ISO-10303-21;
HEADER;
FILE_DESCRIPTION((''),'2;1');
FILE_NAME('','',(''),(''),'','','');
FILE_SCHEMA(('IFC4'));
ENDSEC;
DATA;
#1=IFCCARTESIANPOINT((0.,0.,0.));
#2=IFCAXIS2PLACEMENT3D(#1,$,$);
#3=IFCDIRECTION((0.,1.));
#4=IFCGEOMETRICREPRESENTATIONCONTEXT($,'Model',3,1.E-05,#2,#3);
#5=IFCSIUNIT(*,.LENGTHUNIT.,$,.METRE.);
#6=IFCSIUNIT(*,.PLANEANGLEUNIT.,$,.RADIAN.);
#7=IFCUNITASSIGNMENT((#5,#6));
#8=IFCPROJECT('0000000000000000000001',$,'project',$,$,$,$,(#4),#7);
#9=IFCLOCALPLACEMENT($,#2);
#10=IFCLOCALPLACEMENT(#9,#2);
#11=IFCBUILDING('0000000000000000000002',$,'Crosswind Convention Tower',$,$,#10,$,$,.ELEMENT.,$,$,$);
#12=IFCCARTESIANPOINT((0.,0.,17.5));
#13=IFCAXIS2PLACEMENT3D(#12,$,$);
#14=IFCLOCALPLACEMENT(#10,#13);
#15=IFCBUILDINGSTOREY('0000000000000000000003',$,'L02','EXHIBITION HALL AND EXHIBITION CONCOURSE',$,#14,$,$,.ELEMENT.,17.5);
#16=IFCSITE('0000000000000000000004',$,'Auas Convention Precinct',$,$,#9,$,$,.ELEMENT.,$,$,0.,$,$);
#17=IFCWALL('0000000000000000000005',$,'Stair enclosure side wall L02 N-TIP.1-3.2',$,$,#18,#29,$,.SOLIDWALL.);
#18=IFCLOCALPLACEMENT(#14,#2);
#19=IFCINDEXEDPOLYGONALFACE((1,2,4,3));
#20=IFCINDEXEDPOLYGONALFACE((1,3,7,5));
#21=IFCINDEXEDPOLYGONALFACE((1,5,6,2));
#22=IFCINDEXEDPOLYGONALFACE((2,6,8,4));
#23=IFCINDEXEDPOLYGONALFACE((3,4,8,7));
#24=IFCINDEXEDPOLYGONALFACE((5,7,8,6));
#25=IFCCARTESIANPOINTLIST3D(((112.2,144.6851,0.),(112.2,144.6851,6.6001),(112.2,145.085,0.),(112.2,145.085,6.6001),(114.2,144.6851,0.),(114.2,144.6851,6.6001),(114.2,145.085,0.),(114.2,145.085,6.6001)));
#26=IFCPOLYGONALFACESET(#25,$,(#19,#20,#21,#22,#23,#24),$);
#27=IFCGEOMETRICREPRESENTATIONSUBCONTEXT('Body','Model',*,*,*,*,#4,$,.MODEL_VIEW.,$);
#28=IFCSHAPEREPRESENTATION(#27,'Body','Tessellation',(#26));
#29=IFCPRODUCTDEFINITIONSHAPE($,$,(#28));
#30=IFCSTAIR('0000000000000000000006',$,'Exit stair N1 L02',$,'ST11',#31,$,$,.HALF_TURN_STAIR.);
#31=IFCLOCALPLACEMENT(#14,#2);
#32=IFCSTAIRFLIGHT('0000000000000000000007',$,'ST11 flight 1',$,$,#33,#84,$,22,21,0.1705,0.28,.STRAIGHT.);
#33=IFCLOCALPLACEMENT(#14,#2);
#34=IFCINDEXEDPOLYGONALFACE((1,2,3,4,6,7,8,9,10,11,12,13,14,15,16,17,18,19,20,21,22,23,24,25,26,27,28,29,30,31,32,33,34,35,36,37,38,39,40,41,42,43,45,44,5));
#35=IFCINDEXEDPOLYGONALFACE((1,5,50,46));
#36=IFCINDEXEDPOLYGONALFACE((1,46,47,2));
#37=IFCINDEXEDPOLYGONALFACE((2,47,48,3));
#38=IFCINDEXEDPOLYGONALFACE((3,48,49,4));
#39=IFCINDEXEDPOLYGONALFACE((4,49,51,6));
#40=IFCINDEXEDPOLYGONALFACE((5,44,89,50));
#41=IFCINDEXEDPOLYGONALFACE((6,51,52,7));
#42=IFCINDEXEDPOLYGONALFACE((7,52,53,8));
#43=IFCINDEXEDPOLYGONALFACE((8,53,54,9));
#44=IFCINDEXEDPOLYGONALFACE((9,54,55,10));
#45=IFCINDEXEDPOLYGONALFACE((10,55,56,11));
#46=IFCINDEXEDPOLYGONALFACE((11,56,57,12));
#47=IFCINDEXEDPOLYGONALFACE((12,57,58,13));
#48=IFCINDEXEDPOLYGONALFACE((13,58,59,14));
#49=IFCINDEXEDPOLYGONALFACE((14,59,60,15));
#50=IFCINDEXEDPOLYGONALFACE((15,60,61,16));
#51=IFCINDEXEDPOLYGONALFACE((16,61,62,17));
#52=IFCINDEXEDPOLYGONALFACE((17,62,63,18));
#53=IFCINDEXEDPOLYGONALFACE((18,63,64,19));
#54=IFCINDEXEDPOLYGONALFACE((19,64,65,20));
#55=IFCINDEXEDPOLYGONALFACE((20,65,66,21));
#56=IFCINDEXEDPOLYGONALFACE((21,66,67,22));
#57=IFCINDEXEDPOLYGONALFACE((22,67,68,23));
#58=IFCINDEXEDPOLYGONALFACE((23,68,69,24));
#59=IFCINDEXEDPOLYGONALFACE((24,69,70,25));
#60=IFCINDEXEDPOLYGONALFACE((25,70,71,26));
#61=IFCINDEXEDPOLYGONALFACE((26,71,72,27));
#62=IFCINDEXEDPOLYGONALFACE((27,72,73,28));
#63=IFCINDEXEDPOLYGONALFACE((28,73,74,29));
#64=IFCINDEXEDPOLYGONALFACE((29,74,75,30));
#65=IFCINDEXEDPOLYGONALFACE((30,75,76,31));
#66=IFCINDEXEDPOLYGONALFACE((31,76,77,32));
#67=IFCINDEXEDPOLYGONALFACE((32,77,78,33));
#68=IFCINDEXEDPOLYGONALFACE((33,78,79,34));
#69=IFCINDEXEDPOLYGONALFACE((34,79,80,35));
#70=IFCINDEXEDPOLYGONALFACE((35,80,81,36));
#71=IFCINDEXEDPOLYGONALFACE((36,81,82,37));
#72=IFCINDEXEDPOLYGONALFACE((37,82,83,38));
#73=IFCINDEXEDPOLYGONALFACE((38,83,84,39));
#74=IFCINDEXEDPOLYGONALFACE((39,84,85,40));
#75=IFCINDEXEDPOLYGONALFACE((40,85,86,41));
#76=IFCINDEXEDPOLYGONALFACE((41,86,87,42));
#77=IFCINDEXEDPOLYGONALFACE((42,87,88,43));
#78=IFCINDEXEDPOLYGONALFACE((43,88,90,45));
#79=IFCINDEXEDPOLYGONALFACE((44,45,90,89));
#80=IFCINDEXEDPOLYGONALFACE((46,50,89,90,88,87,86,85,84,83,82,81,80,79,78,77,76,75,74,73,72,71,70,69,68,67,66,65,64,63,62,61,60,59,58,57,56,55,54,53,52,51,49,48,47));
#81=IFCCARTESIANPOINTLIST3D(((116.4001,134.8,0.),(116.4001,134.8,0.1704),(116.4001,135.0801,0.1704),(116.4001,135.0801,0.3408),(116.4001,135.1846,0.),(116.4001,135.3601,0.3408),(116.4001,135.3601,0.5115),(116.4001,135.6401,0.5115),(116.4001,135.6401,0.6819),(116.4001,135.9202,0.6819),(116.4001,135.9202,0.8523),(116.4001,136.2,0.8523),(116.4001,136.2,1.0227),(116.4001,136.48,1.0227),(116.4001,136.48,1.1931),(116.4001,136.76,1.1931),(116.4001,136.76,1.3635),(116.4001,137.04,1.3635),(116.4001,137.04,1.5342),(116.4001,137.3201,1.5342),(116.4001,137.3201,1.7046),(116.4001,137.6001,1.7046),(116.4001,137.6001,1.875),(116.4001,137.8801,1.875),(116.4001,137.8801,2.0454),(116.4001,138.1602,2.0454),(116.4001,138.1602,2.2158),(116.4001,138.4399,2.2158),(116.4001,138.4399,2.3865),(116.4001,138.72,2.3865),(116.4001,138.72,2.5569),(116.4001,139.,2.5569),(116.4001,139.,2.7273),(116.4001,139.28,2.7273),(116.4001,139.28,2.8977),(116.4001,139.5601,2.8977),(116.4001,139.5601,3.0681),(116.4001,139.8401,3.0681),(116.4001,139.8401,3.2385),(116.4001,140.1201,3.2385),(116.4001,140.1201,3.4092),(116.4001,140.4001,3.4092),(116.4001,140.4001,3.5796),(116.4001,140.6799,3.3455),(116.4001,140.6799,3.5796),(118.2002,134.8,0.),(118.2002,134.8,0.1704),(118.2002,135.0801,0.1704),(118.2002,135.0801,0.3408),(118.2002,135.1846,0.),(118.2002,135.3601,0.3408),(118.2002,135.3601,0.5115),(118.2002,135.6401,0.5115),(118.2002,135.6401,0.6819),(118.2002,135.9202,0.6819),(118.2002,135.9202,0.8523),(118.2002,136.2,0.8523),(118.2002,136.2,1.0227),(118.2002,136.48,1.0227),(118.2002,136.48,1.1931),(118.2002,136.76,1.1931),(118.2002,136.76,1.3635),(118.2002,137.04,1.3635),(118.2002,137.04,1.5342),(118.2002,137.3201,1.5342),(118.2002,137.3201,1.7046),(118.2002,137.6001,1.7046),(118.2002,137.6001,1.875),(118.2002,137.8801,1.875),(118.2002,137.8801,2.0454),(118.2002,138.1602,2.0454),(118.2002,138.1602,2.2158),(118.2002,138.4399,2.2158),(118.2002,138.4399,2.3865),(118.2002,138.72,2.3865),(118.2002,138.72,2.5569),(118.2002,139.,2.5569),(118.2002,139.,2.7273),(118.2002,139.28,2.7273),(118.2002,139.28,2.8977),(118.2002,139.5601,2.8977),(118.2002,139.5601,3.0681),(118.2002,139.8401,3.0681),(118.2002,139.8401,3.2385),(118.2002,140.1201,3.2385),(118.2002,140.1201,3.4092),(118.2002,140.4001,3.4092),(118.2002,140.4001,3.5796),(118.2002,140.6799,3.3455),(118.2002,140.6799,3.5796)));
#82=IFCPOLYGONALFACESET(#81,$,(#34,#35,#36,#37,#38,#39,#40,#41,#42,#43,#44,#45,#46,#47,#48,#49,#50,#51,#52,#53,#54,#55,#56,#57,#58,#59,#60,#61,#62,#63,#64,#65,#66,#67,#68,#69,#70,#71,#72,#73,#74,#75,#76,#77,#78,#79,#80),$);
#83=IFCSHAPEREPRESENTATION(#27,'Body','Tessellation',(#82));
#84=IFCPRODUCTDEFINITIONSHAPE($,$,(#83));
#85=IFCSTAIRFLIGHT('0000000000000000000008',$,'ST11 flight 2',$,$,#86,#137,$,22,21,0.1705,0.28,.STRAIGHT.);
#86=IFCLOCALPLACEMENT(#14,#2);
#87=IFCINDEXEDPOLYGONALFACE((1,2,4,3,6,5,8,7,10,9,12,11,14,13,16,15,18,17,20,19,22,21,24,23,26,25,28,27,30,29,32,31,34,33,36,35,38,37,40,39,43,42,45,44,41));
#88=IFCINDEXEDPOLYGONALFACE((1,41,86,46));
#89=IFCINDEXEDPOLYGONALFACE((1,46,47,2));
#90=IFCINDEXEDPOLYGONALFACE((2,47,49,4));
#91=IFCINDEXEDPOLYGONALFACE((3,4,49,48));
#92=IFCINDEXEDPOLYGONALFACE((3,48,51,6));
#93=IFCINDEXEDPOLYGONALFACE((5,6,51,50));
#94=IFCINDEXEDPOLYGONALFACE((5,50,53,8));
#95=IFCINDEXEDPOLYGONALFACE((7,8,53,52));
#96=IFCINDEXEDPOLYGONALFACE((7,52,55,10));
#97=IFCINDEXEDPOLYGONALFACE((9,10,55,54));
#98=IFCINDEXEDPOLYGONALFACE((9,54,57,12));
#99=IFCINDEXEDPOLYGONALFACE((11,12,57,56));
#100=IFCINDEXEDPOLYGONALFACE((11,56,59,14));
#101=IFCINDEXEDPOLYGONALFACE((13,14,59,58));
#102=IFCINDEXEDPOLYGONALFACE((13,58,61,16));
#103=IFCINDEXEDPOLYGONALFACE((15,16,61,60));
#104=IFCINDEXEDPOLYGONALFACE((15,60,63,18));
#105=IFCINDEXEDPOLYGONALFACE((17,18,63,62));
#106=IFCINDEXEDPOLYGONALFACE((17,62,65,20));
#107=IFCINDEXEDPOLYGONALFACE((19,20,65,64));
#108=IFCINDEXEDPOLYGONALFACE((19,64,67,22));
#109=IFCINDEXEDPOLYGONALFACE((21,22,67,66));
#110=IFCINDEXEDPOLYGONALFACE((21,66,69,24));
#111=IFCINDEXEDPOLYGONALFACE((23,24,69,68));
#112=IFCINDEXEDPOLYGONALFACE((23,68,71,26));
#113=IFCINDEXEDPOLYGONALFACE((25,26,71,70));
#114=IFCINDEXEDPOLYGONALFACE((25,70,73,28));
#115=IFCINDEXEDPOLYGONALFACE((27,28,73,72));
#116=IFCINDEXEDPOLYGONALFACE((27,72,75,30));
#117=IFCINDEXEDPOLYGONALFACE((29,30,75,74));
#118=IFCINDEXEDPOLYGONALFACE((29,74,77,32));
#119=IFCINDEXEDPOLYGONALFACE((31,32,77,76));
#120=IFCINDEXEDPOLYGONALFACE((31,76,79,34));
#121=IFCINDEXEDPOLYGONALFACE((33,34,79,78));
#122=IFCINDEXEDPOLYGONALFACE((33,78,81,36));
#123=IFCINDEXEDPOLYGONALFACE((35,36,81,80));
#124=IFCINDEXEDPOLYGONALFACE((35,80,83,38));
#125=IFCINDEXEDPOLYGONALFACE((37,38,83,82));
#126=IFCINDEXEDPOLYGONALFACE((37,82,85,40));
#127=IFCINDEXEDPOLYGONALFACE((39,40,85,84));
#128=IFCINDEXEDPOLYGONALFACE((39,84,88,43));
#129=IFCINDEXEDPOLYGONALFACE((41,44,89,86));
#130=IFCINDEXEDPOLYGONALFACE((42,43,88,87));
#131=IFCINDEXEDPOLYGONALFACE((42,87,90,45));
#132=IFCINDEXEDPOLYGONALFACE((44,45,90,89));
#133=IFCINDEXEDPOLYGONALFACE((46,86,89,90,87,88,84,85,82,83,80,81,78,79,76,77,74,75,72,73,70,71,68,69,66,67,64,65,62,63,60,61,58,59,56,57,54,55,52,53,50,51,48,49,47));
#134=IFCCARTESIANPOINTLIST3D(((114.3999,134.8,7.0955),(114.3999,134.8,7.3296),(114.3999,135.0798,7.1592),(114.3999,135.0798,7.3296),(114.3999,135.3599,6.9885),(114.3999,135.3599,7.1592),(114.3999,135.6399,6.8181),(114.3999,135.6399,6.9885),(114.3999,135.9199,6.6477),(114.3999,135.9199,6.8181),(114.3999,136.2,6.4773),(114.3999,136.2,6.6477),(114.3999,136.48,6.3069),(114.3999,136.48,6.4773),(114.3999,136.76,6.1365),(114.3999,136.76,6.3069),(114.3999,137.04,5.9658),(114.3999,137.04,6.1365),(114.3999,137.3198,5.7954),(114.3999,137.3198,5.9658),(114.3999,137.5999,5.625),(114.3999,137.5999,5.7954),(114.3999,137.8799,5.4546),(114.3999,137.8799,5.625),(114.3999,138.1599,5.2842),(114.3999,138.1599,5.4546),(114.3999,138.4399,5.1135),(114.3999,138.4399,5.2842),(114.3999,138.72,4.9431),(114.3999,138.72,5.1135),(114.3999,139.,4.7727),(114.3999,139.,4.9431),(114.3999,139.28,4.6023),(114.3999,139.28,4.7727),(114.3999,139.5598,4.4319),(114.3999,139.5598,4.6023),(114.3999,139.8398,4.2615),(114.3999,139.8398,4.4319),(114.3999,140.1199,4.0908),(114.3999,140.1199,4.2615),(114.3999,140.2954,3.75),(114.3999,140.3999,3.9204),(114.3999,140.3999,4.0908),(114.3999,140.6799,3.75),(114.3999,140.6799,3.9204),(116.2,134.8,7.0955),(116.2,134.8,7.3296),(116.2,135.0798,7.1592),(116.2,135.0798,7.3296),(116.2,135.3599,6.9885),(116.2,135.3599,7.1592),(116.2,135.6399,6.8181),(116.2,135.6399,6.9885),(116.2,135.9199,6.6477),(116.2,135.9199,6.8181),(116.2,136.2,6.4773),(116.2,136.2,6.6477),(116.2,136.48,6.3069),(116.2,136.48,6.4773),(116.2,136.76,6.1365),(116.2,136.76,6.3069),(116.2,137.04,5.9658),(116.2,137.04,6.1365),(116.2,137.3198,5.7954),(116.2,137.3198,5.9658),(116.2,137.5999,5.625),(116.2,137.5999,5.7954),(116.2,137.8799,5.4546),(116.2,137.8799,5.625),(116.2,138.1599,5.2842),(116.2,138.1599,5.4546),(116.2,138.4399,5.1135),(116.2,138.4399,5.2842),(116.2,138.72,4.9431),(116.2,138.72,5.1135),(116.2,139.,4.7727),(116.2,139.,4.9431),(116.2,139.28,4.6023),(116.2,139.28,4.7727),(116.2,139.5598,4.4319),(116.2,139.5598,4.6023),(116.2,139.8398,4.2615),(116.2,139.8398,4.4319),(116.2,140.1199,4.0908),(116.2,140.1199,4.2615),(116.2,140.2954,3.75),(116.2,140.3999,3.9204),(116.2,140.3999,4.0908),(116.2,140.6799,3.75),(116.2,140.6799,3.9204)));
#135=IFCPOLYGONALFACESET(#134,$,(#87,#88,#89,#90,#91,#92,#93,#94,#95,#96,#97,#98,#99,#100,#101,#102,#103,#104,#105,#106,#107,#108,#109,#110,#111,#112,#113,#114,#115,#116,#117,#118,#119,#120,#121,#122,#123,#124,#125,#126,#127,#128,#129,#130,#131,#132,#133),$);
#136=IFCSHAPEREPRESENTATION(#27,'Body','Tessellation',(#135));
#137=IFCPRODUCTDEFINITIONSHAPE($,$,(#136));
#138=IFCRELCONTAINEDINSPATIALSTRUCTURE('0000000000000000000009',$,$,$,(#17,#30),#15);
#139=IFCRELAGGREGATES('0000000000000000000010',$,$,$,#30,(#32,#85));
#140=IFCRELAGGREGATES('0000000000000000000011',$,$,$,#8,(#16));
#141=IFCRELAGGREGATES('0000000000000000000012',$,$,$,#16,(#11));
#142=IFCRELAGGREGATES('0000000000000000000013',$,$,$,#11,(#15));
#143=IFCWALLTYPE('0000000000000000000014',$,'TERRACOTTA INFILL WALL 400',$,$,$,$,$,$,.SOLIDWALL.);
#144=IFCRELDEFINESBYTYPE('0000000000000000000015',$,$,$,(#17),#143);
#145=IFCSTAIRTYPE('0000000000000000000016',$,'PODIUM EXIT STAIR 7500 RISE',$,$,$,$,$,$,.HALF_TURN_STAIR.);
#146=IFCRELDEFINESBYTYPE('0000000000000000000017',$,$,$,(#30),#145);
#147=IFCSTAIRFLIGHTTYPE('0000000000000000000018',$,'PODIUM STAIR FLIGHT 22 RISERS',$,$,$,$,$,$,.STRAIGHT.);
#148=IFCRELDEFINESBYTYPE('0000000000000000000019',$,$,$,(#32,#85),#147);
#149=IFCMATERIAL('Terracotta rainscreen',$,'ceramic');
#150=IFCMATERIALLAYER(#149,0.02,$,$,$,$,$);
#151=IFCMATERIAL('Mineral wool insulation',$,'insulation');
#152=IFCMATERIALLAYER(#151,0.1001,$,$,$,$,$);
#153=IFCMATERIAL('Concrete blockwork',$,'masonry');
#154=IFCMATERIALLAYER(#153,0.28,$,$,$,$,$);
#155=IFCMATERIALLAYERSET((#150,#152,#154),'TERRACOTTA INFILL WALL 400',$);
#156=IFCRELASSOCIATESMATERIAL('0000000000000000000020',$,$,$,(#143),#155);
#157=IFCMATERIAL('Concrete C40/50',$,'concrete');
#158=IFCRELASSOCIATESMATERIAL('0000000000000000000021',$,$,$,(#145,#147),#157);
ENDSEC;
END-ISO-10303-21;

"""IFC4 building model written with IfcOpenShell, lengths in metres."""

from ifc_helpers import new_model, si_unit, direction, frame, frame_2d, origin, place, context, subcontext, project, spatial, polyline, rectangle, outline, extrude, material, layer, layer_set, type_object, element, aggregate, save


model = new_model("IFC4")

# Units and contexts
model_context = context("Model", 3, precision=1e-05, world=origin(), true_north=direction((0.0, 1.0)))
body_context = subcontext(model_context, "Body", "Model", "MODEL_VIEW")
ifc_project = project(units=[si_unit("LENGTHUNIT", "METRE"), si_unit("PLANEANGLEUNIT", "RADIAN")], contexts=[model_context])

# Site, building, storey
site_placement = place(None, origin())
site = spatial("IfcSite", under=ifc_project, at=site_placement, Name="Auas Convention Precinct", CompositionType="ELEMENT", RefElevation=0.0)
building_placement = place(site_placement, origin())
building = spatial("IfcBuilding", under=site, at=building_placement, Name="Crosswind Convention Tower", CompositionType="ELEMENT")
storey_placement = place(building_placement, frame((0.0, 0.0, 17.5)))
storey = spatial("IfcBuildingStorey", under=building, at=storey_placement, Name="L02", Description="EXHIBITION HALL AND EXHIBITION CONCOURSE", CompositionType="ELEMENT", Elevation=17.5)

# Shared definitions
ifc_material_1 = material(Name="Concrete C40/50", Category="concrete")

# Wall
ifc_material_2 = material(Name="Terracotta rainscreen", Category="ceramic")
ifc_layer_1 = layer(ifc_material_2, 0.02)
ifc_material_3 = material(Name="Mineral wool insulation", Category="insulation")
ifc_layer_2 = layer(ifc_material_3, 0.1001)
ifc_material_4 = material(Name="Concrete blockwork", Category="masonry")
ifc_layer_3 = layer(ifc_material_4, 0.28)
ifc_layer_set_1 = layer_set([ifc_layer_1, ifc_layer_2, ifc_layer_3], Name="TERRACOTTA INFILL WALL 400")
wall_type_1 = type_object("IfcWallType", Name="TERRACOTTA INFILL WALL 400", PredefinedType="SOLIDWALL", material=ifc_layer_set_1)
wall_1_placement = place(storey_placement, frame((114.2, 144.885, 0.0), z_axis=(0.0, 0.0, 1.0), x_axis=(-1.0, 0.0, 0.0)))
element("IfcWall", 1, at=wall_1_placement, inside=storey, type_object=wall_type_1, Name="Stair enclosure side wall L02 N-TIP.1-3.2", PredefinedType="SOLIDWALL", context=body_context, shape_type="SweptSolid", body=[
    extrude(rectangle(XDim=2.0, YDim=0.3999, at=frame_2d((1.0, 0.0))), origin(), (0.0, 0.0, 1.0), 6.6001),
])

# Stair, stair flights
stair_type = type_object("IfcStairType", Name="PODIUM EXIT STAIR 7500 RISE", PredefinedType="HALF_TURN_STAIR", material=ifc_material_1)
stair_placement = place(storey_placement, origin())
stair = element("IfcStair", 2, at=stair_placement, inside=storey, type_object=stair_type, Name="Exit stair N1 L02", ObjectType="ST11", PredefinedType="HALF_TURN_STAIR")
stair_flight_type = type_object("IfcStairFlightType", Name="PODIUM STAIR FLIGHT 22 RISERS", PredefinedType="STRAIGHT", material=ifc_material_1)
stair_flight_1_placement = place(storey_placement, frame((117.3, 134.8, 0.0), z_axis=(0.0, 0.0, 1.0), x_axis=(0.0, 1.0, 0.0)))
stair_flight_1 = element("IfcStairFlight", 3, at=stair_flight_1_placement, type_object=stair_flight_type, Name="ST11 flight 1", NumberOfRisers=22, NumberOfTreads=21, PredefinedType="STRAIGHT", RiserHeight=0.1705, TreadLength=0.28, context=body_context, shape_type="SweptSolid", body=[
    extrude(outline(polyline([(0.0, 0.0), (0.0, 0.1704), (0.28, 0.1704), (0.28, 0.3408), (0.5601, 0.3408), (0.5601, 0.5115), (0.8401, 0.5115), (0.8401, 0.6819), (1.1201, 0.6819), (1.1201, 0.8523), (1.3999, 0.8523), (1.3999, 1.0227), (1.6799, 1.0227), (1.6799, 1.1931), (1.96, 1.1931), (1.96, 1.3635), (2.24, 1.3635), (2.24, 1.5342), (2.52, 1.5342), (2.52, 1.7046), (2.8, 1.7046), (2.8, 1.875), (3.0801, 1.875), (3.0801, 2.0454), (3.3601, 2.0454), (3.3601, 2.2158), (3.6399, 2.2158), (3.6399, 2.3865), (3.9199, 2.3865), (3.9199, 2.5569), (4.2, 2.5569), (4.2, 2.7273), (4.48, 2.7273), (4.48, 2.8977), (4.76, 2.8977), (4.76, 3.0681), (5.04, 3.0681), (5.04, 3.2385), (5.3201, 3.2385), (5.3201, 3.4092), (5.6001, 3.4092), (5.6001, 3.5796), (5.8799, 3.5796), (5.8799, 3.75), (5.8799, 3.3455), (0.3845, 0.0), (0.0, 0.0)])), frame((0.0, 0.8999, 0.0), z_axis=(0.0, -1.0, 0.0), x_axis=(1.0, 0.0, 0.0)), (0.0, 0.0, 1.0), 1.8),
])
stair_flight_2_placement = place(storey_placement, frame((115.3, 140.6799, 3.75), z_axis=(0.0, 0.0, 1.0), x_axis=(0.0, -1.0, 0.0)))
stair_flight_2 = element("IfcStairFlight", 4, at=stair_flight_2_placement, type_object=stair_flight_type, Name="ST11 flight 2", NumberOfRisers=22, NumberOfTreads=21, PredefinedType="STRAIGHT", RiserHeight=0.1705, TreadLength=0.28, context=body_context, shape_type="SweptSolid", body=[
    extrude(outline(polyline([(0.0, 0.0), (0.0, 0.1704), (0.28, 0.1704), (0.28, 0.3408), (0.5601, 0.3408), (0.5601, 0.5115), (0.8401, 0.5115), (0.8401, 0.6819), (1.1201, 0.6819), (1.1201, 0.8523), (1.3999, 0.8523), (1.3999, 1.0227), (1.6799, 1.0227), (1.6799, 1.1931), (1.96, 1.1931), (1.96, 1.3635), (2.24, 1.3635), (2.24, 1.5342), (2.52, 1.5342), (2.52, 1.7046), (2.8, 1.7046), (2.8, 1.875), (3.0801, 1.875), (3.0801, 2.0454), (3.3601, 2.0454), (3.3601, 2.2158), (3.6399, 2.2158), (3.6399, 2.3865), (3.9199, 2.3865), (3.9199, 2.5569), (4.2, 2.5569), (4.2, 2.7273), (4.48, 2.7273), (4.48, 2.8977), (4.76, 2.8977), (4.76, 3.0681), (5.04, 3.0681), (5.04, 3.2385), (5.3201, 3.2385), (5.3201, 3.4092), (5.6001, 3.4092), (5.6001, 3.5796), (5.8799, 3.5796), (5.8799, 3.75), (5.8799, 3.3455), (0.3845, 0.0), (0.0, 0.0)])), frame((0.0, 0.8999, 0.0), z_axis=(0.0, -1.0, 0.0), x_axis=(1.0, 0.0, 0.0)), (0.0, 0.0, 1.0), 1.8),
])
aggregate(stair, [stair_flight_1, stair_flight_2])

save(model, "model.ifc")
